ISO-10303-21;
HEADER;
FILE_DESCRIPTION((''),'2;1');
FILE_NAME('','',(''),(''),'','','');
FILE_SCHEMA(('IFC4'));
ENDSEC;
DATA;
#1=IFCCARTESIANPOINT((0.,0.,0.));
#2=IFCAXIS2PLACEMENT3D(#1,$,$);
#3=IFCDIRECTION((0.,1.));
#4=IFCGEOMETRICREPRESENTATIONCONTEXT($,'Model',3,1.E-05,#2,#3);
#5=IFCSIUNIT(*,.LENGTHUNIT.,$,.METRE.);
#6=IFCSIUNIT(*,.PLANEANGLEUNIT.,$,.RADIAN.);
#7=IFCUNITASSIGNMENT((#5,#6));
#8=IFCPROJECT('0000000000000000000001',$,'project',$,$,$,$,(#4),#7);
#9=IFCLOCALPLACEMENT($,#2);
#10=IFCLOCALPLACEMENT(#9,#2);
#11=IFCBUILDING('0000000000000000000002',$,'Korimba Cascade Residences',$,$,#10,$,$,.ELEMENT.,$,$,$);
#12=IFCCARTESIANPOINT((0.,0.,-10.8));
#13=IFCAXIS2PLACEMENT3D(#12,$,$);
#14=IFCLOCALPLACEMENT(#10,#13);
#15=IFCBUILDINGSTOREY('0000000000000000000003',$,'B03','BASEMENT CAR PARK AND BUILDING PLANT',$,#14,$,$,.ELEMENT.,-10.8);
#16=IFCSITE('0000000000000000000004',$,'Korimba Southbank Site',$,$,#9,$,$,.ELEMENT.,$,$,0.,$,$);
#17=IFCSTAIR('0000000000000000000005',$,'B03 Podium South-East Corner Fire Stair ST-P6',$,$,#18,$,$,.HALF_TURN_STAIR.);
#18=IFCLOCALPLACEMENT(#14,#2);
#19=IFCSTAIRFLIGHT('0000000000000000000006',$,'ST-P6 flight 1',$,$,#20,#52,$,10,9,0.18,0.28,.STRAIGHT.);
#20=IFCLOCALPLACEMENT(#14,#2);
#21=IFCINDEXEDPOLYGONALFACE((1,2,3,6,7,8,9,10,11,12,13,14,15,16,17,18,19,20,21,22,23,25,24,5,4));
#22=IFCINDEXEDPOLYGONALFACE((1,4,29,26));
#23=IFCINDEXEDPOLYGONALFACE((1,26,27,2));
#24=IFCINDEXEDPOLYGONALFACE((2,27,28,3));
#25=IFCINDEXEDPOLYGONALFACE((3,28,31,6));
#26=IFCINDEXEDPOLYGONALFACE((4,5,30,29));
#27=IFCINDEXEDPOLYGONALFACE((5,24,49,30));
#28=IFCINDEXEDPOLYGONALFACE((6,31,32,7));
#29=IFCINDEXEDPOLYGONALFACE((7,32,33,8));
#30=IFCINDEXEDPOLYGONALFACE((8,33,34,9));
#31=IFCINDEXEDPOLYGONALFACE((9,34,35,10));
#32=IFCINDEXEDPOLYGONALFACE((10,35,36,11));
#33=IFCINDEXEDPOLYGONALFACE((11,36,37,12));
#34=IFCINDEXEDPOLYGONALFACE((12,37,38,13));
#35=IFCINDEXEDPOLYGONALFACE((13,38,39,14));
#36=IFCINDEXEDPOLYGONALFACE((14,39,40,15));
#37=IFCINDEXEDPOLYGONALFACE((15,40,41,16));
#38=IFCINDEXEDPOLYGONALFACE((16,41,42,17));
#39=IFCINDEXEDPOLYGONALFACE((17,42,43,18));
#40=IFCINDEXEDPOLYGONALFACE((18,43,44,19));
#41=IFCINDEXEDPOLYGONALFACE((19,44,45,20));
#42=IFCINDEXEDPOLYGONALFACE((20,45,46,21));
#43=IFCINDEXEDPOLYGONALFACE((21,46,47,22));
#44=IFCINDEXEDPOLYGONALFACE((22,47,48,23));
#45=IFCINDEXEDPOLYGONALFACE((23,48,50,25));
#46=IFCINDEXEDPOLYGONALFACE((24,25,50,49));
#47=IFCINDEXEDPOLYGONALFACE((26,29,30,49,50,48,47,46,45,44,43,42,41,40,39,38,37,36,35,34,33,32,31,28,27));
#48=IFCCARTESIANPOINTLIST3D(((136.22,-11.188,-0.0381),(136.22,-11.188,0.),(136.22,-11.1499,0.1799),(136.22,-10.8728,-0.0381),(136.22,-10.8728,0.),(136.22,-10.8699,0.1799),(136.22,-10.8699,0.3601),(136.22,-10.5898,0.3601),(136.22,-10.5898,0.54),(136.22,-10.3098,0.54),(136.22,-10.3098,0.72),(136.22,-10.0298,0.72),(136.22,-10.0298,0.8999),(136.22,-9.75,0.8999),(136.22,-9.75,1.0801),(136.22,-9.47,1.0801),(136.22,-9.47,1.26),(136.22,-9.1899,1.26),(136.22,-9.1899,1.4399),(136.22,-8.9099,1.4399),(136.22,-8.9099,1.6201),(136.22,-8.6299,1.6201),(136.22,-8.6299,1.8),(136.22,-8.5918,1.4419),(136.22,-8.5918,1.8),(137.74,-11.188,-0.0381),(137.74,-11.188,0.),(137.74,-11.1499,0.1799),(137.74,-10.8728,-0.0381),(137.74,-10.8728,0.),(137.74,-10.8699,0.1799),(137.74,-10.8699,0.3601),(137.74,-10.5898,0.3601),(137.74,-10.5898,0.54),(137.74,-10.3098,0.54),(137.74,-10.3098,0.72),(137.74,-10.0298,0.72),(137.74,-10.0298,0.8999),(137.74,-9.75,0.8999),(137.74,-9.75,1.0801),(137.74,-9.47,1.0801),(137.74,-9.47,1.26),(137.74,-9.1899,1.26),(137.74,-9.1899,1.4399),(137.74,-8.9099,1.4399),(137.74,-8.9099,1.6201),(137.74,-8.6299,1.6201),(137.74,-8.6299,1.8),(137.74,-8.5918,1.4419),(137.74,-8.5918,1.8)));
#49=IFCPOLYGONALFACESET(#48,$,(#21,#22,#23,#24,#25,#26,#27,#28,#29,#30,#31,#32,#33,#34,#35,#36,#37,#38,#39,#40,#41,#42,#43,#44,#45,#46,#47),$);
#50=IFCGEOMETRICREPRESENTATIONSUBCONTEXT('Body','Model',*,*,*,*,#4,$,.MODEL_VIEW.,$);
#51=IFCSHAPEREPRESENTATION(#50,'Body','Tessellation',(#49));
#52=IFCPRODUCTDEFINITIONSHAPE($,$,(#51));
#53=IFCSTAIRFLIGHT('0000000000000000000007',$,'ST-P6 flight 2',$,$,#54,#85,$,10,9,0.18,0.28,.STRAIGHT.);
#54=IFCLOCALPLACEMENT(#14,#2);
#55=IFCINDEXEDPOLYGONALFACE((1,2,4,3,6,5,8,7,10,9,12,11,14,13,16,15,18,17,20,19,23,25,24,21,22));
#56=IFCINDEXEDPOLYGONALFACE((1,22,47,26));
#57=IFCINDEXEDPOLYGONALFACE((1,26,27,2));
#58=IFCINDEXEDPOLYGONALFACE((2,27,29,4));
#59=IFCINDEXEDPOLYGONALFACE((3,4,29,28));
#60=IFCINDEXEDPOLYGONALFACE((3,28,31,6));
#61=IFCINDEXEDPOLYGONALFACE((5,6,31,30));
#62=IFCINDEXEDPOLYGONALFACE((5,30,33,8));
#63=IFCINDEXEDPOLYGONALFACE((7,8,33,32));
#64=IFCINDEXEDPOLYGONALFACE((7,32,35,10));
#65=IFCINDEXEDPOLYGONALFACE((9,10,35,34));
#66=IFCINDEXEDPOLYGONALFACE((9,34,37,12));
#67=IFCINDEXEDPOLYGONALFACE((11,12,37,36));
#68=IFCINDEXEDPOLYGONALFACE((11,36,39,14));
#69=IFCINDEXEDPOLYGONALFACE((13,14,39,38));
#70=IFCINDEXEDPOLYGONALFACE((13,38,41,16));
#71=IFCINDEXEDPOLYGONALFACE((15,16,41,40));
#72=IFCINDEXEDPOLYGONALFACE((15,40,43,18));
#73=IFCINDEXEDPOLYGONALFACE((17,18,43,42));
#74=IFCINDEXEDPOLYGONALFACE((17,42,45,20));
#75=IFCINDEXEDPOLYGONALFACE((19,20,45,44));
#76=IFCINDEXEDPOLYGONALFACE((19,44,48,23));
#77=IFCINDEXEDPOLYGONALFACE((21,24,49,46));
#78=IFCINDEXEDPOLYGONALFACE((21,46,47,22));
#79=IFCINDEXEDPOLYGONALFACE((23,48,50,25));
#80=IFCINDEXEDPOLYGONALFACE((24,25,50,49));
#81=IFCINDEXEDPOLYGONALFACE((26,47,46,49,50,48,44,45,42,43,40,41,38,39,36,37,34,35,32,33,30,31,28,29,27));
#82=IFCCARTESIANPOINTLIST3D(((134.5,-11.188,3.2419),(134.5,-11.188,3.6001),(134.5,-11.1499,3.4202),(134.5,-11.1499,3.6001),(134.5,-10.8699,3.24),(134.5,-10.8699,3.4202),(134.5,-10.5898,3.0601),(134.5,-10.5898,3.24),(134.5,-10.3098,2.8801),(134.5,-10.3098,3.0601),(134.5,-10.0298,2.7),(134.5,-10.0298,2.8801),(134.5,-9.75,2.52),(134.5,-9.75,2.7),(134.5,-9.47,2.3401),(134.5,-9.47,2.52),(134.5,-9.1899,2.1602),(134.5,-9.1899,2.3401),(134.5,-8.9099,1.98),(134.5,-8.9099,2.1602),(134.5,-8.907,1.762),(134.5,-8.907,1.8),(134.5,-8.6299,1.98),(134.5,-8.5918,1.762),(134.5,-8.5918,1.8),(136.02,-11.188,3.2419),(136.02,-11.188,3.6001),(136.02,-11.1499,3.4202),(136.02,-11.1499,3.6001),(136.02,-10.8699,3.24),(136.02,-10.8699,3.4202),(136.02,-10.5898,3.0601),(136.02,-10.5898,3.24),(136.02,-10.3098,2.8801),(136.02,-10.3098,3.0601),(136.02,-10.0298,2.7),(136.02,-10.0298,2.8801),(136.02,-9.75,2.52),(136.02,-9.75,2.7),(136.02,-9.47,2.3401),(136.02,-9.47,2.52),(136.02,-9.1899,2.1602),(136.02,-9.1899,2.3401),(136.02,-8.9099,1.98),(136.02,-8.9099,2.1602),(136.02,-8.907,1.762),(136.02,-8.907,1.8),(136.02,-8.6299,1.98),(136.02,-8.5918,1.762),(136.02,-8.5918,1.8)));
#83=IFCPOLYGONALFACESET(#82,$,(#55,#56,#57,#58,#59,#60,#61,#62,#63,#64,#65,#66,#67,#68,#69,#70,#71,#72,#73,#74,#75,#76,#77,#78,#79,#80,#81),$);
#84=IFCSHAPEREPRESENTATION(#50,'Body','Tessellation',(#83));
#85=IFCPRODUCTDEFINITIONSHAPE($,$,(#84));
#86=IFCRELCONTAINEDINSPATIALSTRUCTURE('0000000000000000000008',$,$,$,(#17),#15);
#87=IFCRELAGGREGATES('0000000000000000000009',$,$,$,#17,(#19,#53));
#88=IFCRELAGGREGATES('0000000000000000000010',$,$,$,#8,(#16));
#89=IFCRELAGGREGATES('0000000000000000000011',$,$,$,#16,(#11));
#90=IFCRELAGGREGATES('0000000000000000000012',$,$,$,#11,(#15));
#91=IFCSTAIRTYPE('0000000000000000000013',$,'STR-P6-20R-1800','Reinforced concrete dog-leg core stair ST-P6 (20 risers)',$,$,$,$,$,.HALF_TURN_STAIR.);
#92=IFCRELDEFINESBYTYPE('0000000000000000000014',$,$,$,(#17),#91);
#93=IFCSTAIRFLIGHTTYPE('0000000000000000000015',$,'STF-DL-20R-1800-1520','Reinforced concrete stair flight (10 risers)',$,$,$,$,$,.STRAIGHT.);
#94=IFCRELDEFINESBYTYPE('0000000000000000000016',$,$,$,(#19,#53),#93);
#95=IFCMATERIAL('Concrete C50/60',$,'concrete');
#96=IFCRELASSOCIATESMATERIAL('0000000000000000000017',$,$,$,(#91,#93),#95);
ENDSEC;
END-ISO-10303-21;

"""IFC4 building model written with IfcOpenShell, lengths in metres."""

from ifc_helpers import new_model, si_unit, direction, frame, origin, place, context, subcontext, project, spatial, polyline, outline, extrude, material, type_object, element, aggregate, save


model = new_model("IFC4")

# Units and contexts
model_context = context("Model", 3, precision=1e-05, world=origin(), true_north=direction((0.0, 1.0)))
body_context = subcontext(model_context, "Body", "Model", "MODEL_VIEW")
ifc_project = project(units=[si_unit("LENGTHUNIT", "METRE"), si_unit("PLANEANGLEUNIT", "RADIAN")], contexts=[model_context])

# Site, building, storey
site_placement = place(None, origin())
site = spatial("IfcSite", under=ifc_project, at=site_placement, Name="Korimba Southbank Site", CompositionType="ELEMENT", RefElevation=0.0)
building_placement = place(site_placement, origin())
building = spatial("IfcBuilding", under=site, at=building_placement, Name="Korimba Cascade Residences", CompositionType="ELEMENT")
storey_placement = place(building_placement, frame((0.0, 0.0, -10.8)))
storey = spatial("IfcBuildingStorey", under=building, at=storey_placement, Name="B03", Description="BASEMENT CAR PARK AND BUILDING PLANT", CompositionType="ELEMENT", Elevation=-10.8)

# Shared definitions
ifc_material_1 = material(Name="Concrete C50/60", Category="concrete")

# Stair, stair flights
stair_type = type_object("IfcStairType", Name="STR-P6-20R-1800", Description="Reinforced concrete dog-leg core stair ST-P6 (20 risers)", PredefinedType="HALF_TURN_STAIR", material=ifc_material_1)
stair_placement = place(storey_placement, origin())
stair = element("IfcStair", 1, at=stair_placement, inside=storey, type_object=stair_type, Name="B03 Podium South-East Corner Fire Stair ST-P6", PredefinedType="HALF_TURN_STAIR")
stair_flight_type = type_object("IfcStairFlightType", Name="STF-DL-20R-1800-1520", Description="Reinforced concrete stair flight (10 risers)", PredefinedType="STRAIGHT", material=ifc_material_1)
stair_flight_1_placement = place(storey_placement, frame((136.98, -11.1499, 0.0), z_axis=(0.0, 0.0, 1.0), x_axis=(0.0, 1.0, 0.0)))
stair_flight_1 = element("IfcStairFlight", 2, at=stair_flight_1_placement, type_object=stair_flight_type, Name="ST-P6 flight 1", NumberOfRisers=10, NumberOfTreads=9, PredefinedType="STRAIGHT", RiserHeight=0.18, TreadLength=0.28, context=body_context, shape_type="SweptSolid", body=[
    extrude(outline(polyline([(-0.0381, 0.0), (0.0, 0.1799), (0.28, 0.1799), (0.28, 0.3601), (0.5601, 0.3601), (0.5601, 0.54), (0.8401, 0.54), (0.8401, 0.72), (1.1201, 0.72), (1.1201, 0.8999), (1.3999, 0.8999), (1.3999, 1.0801), (1.6799, 1.0801), (1.6799, 1.26), (1.96, 1.26), (1.96, 1.4399), (2.24, 1.4399), (2.24, 1.6201), (2.52, 1.6201), (2.52, 1.8), (2.5581, 1.8), (2.5581, 1.4419), (0.2771, 0.0), (0.2771, -0.0381), (-0.0381, -0.0381), (-0.0381, 0.0)])), frame((0.0, 0.76, 0.0), z_axis=(0.0, -1.0, 0.0), x_axis=(1.0, 0.0, 0.0)), (0.0, 0.0, 1.0), 1.52),
])
stair_flight_2_placement = place(storey_placement, frame((135.26, -8.6299, 1.8), z_axis=(0.0, 0.0, 1.0), x_axis=(0.0, -1.0, 0.0)))
stair_flight_2 = element("IfcStairFlight", 3, at=stair_flight_2_placement, type_object=stair_flight_type, Name="ST-P6 flight 2", NumberOfRisers=10, NumberOfTreads=9, PredefinedType="STRAIGHT", RiserHeight=0.18, TreadLength=0.28, context=body_context, shape_type="SweptSolid", body=[
    extrude(outline(polyline([(-0.0381, 0.0), (0.0, 0.1799), (0.28, 0.1799), (0.28, 0.3601), (0.5601, 0.3601), (0.5601, 0.54), (0.8401, 0.54), (0.8401, 0.72), (1.1201, 0.72), (1.1201, 0.8999), (1.3999, 0.8999), (1.3999, 1.0801), (1.6799, 1.0801), (1.6799, 1.26), (1.96, 1.26), (1.96, 1.4399), (2.24, 1.4399), (2.24, 1.6201), (2.52, 1.6201), (2.52, 1.8), (2.5581, 1.8), (2.5581, 1.4419), (0.2771, 0.0), (0.2771, -0.0381), (-0.0381, -0.0381), (-0.0381, 0.0)])), frame((0.0, 0.76, 0.0), z_axis=(0.0, -1.0, 0.0), x_axis=(1.0, 0.0, 0.0)), (0.0, 0.0, 1.0), 1.52),
])
aggregate(stair, [stair_flight_1, stair_flight_2])

save(model, "model.ifc")
